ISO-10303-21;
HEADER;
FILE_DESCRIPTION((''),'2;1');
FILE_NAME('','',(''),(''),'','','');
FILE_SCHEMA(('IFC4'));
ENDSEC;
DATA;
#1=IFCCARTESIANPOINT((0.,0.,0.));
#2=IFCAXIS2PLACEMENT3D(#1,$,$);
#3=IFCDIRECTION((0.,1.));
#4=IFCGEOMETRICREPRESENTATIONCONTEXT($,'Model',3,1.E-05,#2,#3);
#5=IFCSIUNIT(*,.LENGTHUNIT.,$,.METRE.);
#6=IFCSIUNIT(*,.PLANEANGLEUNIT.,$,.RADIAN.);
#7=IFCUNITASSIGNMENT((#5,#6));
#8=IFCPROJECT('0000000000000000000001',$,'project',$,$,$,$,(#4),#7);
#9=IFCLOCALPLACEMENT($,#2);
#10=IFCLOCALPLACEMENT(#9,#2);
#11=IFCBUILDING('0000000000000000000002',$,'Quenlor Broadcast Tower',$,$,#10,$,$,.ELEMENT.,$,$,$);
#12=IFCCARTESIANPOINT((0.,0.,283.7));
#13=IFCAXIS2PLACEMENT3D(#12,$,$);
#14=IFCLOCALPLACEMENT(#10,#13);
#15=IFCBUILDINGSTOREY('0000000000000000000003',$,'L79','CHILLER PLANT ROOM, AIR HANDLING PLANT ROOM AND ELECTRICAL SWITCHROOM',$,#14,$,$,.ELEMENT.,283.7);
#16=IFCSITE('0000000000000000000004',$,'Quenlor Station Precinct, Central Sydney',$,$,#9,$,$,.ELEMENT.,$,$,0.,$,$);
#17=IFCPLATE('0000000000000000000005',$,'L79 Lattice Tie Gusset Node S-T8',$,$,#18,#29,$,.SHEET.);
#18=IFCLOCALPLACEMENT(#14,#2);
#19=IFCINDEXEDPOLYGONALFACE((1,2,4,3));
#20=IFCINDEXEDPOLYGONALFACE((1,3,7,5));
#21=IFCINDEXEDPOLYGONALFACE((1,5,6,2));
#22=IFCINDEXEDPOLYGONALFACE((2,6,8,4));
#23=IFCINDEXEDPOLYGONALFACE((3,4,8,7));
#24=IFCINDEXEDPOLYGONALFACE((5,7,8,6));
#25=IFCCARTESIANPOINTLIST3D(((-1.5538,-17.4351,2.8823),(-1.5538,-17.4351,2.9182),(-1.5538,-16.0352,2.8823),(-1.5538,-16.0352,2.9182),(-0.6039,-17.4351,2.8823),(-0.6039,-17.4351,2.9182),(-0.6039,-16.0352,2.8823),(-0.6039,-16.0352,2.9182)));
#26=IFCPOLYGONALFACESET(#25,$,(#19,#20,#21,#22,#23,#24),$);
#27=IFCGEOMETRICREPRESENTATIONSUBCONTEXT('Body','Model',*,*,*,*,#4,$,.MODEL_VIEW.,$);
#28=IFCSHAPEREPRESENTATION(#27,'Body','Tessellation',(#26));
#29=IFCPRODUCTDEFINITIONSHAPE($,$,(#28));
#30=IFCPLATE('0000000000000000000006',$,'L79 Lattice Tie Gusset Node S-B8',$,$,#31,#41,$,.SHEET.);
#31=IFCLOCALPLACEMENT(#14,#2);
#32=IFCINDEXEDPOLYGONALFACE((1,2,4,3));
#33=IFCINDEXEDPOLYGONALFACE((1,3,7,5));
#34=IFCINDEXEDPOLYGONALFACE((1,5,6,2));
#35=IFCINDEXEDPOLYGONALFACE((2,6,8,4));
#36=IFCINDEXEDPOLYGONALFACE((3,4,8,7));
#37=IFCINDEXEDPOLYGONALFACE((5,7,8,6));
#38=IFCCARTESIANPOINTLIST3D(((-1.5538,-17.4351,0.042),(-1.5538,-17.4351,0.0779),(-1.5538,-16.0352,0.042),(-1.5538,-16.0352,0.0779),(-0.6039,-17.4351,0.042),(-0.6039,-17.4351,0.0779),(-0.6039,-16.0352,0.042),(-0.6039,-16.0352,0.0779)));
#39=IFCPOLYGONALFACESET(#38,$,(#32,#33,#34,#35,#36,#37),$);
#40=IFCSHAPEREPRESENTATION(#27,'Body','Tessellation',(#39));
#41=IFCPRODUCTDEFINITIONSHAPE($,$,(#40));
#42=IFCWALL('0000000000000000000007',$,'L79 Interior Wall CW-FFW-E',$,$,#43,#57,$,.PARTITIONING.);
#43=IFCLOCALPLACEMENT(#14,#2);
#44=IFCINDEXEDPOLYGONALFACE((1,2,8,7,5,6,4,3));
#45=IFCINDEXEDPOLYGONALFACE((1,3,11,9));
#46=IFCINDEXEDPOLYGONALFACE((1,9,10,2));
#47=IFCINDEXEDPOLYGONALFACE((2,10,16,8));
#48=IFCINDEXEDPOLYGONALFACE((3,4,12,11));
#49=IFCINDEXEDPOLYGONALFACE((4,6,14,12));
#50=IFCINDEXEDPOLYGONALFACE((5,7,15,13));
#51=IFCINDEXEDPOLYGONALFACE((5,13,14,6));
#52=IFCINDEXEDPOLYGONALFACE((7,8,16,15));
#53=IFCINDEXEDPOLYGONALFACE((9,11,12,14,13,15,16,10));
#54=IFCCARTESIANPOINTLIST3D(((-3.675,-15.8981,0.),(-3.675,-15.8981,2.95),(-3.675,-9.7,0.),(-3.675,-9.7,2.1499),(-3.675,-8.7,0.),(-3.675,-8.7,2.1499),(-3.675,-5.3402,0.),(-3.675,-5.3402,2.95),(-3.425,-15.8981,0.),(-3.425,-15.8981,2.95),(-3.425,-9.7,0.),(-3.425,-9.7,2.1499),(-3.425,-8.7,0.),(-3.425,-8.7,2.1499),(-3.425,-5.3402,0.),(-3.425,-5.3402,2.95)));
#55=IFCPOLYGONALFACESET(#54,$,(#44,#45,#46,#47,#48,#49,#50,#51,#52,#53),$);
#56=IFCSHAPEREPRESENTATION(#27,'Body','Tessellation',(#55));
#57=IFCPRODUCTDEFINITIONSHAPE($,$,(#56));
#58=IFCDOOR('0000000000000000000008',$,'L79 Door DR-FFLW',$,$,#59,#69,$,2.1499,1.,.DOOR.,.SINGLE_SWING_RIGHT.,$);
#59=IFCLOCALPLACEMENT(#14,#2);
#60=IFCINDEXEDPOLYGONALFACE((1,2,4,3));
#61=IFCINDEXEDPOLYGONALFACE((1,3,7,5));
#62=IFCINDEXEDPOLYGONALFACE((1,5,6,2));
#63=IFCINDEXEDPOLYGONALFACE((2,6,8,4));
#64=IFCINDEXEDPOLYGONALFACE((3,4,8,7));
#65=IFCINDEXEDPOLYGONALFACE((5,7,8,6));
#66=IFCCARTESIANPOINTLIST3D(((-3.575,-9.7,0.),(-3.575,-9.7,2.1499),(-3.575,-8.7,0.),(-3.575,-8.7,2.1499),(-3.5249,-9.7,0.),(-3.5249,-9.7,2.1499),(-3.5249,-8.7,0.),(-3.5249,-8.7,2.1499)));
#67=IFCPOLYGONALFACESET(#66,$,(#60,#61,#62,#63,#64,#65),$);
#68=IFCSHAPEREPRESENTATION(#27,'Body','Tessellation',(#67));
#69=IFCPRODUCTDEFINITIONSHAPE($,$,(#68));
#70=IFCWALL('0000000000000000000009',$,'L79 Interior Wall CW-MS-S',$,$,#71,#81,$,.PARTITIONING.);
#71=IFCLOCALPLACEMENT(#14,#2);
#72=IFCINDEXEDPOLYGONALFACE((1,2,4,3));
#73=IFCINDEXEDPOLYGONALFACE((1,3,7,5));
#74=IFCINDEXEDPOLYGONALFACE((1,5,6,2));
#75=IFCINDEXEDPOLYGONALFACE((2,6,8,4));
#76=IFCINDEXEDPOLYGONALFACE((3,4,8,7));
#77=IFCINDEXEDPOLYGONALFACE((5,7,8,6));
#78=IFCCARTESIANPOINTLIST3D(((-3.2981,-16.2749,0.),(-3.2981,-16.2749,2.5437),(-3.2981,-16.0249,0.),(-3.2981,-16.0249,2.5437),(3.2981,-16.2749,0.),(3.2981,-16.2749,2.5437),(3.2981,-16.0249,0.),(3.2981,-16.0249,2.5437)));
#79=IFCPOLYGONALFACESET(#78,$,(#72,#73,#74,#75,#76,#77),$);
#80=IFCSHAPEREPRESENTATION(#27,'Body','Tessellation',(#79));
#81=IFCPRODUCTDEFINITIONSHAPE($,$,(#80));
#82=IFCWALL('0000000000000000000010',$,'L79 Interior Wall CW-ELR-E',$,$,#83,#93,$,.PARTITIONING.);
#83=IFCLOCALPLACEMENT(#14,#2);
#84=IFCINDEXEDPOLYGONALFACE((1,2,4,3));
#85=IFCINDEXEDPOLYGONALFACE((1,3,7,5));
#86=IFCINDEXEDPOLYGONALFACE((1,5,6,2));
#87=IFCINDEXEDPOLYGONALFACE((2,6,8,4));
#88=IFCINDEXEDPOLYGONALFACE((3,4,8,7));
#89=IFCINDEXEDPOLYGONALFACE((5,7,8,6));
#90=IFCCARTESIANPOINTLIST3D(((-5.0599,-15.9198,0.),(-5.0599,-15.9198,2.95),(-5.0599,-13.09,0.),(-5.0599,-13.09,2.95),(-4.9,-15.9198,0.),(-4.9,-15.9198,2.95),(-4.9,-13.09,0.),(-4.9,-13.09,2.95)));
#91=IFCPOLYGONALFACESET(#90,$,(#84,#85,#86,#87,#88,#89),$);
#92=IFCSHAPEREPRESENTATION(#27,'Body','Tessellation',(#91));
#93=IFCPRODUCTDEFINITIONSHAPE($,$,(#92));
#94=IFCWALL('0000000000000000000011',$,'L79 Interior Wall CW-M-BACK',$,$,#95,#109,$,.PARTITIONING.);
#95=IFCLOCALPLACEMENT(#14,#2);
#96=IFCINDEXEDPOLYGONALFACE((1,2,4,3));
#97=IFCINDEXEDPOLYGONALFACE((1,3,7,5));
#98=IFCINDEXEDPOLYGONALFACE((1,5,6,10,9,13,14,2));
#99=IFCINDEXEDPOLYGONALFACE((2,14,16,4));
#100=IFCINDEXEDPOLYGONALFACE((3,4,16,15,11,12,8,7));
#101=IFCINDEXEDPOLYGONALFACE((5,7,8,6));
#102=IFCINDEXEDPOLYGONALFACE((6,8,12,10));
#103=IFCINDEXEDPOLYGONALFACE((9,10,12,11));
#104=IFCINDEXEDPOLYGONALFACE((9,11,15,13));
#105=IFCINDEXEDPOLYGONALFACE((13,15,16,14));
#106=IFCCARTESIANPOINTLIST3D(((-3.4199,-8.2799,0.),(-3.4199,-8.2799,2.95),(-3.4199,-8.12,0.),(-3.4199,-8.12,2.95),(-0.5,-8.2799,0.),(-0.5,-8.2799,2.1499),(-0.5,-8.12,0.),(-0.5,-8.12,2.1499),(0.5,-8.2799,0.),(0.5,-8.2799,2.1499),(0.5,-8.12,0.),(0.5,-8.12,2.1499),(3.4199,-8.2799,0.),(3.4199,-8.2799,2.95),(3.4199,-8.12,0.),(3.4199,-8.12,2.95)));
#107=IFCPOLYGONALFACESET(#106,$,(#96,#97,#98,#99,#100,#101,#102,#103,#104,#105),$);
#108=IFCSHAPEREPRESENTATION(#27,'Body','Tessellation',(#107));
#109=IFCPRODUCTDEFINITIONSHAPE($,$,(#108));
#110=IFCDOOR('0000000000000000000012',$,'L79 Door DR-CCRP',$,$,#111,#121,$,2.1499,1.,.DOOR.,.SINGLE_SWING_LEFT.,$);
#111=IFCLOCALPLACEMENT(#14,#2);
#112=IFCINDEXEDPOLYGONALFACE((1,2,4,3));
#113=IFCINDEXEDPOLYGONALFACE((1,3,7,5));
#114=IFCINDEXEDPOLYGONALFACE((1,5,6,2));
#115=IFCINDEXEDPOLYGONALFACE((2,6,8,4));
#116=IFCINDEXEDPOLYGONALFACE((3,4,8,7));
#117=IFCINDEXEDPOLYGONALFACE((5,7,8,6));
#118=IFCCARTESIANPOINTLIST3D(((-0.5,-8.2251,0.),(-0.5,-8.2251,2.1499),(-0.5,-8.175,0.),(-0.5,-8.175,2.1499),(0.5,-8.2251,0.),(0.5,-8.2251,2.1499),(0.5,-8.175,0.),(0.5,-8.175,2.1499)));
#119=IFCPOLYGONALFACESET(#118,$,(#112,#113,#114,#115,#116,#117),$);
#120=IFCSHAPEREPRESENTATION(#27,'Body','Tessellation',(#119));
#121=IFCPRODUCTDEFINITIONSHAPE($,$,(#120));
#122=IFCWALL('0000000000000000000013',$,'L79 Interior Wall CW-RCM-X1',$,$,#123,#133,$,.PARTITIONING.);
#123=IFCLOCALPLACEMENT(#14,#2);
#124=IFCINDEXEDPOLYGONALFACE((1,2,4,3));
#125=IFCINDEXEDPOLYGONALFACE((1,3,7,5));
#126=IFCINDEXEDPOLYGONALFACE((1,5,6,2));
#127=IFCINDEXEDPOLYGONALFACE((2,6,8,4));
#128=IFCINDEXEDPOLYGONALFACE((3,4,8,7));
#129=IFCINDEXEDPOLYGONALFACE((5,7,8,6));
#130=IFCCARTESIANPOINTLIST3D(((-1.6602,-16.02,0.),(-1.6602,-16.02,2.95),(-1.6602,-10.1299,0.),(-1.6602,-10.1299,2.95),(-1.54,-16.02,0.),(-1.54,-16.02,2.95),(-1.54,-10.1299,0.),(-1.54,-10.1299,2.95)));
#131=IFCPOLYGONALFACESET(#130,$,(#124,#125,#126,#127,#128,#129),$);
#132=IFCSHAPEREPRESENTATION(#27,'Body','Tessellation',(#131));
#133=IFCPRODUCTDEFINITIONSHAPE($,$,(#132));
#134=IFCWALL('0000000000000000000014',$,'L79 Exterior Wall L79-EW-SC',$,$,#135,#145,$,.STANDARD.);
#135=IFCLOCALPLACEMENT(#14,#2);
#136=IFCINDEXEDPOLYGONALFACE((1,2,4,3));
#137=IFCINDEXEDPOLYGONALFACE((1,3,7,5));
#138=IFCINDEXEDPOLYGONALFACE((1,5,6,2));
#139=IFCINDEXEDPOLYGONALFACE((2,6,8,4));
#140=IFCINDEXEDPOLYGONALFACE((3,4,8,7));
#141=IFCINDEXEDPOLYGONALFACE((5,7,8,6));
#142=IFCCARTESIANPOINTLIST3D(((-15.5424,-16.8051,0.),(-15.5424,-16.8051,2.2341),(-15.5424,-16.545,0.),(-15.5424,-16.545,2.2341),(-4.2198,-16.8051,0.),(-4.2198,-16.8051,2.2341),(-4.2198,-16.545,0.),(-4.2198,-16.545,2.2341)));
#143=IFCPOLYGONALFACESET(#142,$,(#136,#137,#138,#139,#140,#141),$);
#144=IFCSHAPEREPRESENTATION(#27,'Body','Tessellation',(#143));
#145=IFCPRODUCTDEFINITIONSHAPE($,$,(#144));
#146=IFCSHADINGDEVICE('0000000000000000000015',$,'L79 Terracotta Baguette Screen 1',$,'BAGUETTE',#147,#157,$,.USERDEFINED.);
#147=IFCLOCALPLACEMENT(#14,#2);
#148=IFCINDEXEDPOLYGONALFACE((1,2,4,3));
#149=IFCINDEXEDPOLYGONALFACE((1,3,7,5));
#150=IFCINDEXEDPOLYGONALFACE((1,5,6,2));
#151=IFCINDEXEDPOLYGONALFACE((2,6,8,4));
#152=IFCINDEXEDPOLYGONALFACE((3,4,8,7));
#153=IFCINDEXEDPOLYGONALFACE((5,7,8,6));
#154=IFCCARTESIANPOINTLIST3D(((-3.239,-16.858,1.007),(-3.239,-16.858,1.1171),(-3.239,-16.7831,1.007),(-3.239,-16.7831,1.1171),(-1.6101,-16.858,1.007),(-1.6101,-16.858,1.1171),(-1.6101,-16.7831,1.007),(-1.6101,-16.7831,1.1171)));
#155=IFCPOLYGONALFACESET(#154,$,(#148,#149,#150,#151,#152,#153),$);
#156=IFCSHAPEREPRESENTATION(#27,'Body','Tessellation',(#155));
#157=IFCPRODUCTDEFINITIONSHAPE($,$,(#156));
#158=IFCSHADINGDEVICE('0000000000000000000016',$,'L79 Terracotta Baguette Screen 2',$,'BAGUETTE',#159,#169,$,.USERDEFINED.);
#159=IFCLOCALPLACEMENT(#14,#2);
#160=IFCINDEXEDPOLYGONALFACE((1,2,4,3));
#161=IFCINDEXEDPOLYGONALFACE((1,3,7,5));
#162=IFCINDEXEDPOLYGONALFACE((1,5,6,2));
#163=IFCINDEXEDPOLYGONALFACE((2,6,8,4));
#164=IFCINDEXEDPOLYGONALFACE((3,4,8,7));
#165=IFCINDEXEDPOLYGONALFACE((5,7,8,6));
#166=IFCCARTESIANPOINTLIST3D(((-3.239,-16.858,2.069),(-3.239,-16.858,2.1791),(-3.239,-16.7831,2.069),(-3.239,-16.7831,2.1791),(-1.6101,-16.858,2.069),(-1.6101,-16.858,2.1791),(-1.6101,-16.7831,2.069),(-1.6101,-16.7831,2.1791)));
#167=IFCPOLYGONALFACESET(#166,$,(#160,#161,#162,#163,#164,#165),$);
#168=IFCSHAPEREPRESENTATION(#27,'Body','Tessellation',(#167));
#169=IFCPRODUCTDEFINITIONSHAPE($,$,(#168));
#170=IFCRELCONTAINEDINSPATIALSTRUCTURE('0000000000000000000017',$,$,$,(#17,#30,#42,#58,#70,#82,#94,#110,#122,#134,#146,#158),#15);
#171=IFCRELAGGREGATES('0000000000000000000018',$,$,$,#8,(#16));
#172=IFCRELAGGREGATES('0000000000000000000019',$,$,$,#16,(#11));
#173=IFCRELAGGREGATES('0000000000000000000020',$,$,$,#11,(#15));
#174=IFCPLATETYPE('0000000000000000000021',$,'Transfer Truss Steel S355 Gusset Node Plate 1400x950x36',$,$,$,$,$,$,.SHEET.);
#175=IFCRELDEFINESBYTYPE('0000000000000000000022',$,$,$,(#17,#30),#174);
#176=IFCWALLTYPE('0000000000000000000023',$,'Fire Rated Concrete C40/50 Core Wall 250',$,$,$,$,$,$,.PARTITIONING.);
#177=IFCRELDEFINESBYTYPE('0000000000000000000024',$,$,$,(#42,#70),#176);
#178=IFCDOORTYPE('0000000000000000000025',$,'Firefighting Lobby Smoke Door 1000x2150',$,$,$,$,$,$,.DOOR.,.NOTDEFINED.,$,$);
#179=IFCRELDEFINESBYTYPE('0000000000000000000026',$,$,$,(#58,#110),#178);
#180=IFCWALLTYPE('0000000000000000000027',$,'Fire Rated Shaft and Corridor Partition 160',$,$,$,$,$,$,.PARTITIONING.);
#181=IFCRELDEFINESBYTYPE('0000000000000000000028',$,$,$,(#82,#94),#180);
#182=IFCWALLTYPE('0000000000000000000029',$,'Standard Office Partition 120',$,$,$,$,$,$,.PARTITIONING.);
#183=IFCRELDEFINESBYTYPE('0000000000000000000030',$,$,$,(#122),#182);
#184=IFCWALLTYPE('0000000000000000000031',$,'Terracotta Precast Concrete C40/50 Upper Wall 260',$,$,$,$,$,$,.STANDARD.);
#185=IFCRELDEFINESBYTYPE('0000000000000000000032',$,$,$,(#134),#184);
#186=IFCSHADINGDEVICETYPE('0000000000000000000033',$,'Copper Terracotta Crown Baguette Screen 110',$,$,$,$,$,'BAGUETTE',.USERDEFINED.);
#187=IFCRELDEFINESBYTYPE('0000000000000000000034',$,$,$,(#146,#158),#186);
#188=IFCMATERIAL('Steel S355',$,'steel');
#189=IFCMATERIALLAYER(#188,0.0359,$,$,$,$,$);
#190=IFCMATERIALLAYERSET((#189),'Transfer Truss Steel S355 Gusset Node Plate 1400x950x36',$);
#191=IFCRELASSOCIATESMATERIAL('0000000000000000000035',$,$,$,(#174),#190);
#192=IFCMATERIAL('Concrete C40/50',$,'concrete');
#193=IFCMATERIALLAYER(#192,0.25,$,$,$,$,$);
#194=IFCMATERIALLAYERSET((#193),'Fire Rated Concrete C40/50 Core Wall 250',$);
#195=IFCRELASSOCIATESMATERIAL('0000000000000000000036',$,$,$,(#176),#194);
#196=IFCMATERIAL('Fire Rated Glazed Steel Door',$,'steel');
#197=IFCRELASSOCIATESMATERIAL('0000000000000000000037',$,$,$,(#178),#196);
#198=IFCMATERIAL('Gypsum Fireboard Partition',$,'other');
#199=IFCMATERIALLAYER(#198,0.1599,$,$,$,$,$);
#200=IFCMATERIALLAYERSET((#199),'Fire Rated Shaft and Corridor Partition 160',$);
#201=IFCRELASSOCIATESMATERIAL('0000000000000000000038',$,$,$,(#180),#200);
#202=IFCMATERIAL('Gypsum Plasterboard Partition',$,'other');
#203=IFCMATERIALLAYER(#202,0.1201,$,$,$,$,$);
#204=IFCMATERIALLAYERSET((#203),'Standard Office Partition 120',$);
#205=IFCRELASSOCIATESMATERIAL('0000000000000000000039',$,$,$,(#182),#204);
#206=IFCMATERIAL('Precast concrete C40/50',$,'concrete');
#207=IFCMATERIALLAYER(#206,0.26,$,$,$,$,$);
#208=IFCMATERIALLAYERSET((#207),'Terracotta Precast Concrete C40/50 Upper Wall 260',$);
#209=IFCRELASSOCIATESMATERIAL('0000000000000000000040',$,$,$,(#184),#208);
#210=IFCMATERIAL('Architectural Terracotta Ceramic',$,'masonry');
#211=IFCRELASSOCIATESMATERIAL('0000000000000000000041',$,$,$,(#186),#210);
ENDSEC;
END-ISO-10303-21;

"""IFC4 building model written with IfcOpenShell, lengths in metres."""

from ifc_helpers import new_model, si_unit, direction, frame, frame_2d, origin, origin_2d, place, context, subcontext, project, spatial, rectangle, extrude, material, layer, layer_set, material_profile, profile_set, type_object, element, fill, save


model = new_model("IFC4")

# Units and contexts
model_context = context("Model", 3, precision=1e-05, world=origin(), true_north=direction((0.0, 1.0)))
body_context = subcontext(model_context, "Body", "Model", "MODEL_VIEW")
ifc_project = project(units=[si_unit("LENGTHUNIT", "METRE"), si_unit("PLANEANGLEUNIT", "RADIAN")], contexts=[model_context])

# Site, building, storey
site_placement = place(None, origin())
site = spatial("IfcSite", under=ifc_project, at=site_placement, Name="Quenlor Station Precinct, Central Sydney", CompositionType="ELEMENT", RefElevation=0.0)
building_placement = place(site_placement, origin())
building = spatial("IfcBuilding", under=site, at=building_placement, Name="Quenlor Broadcast Tower", CompositionType="ELEMENT")
storey_placement = place(building_placement, frame((0.0, 0.0, 283.7)))
storey = spatial("IfcBuildingStorey", under=building, at=storey_placement, Name="L79", Description="CHILLER PLANT ROOM, AIR HANDLING PLANT ROOM AND ELECTRICAL SWITCHROOM", CompositionType="ELEMENT", Elevation=283.7)

# Plates
ifc_material_1 = material(Name="Steel S355", Category="steel")
ifc_layer_1 = layer(ifc_material_1, 0.0359)
ifc_layer_set_1 = layer_set([ifc_layer_1], Name="Transfer Truss Steel S355 Gusset Node Plate 1400x950x36")
plate_type_1 = type_object("IfcPlateType", Name="Transfer Truss Steel S355 Gusset Node Plate 1400x950x36", PredefinedType="SHEET", material=ifc_layer_set_1)
for number, where, z_axis, x_axis, name in (
    (1, (-1.0789, -16.7351, 2.8823), (0.0, 0.0, 1.0), (0.0, -1.0, 0.0), "L79 Lattice Tie Gusset Node S-T8"),
    (2, (-1.0789, -16.7351, 0.042), (0.0, 0.0, 1.0), (0.0, -1.0, 0.0), "L79 Lattice Tie Gusset Node S-B8"),
):
    element("IfcPlate", number, at=place(storey_placement, frame(where, z_axis=z_axis, x_axis=x_axis)), inside=storey, type_object=plate_type_1, Name=name, PredefinedType="SHEET", context=body_context, shape_type="SweptSolid", body=[
        extrude(rectangle(XDim=1.3999, YDim=0.95, at=origin_2d()), origin(), (0.0, 0.0, 1.0), 0.0359),
    ])

# Wall, opening, door
ifc_material_2 = material(Name="Concrete C40/50", Category="concrete")
ifc_layer_2 = layer(ifc_material_2, 0.25)
ifc_layer_set_2 = layer_set([ifc_layer_2], Name="Fire Rated Concrete C40/50 Core Wall 250")
wall_type_1 = type_object("IfcWallType", Name="Fire Rated Concrete C40/50 Core Wall 250", PredefinedType="PARTITIONING", material=ifc_layer_set_2)
wall_1_placement = place(storey_placement, frame((-3.55, -15.8979, 0.0), z_axis=(0.0, 0.0, 1.0), x_axis=(0.0, 1.0, 0.0)))
wall_1 = element("IfcWall", 3, at=wall_1_placement, inside=storey, type_object=wall_type_1, Name="L79 Interior Wall CW-FFW-E", PredefinedType="PARTITIONING", context=body_context, shape_type="SweptSolid", body=[
    extrude(rectangle(XDim=10.5579, YDim=0.25, at=frame_2d((5.2788, 0.0))), origin(), (0.0, 0.0, 1.0), 2.95),
])
opening_1_placement = place(wall_1_placement, frame((6.198, 0.0, 0.0)))
opening_1 = element("IfcOpeningElement", 4, at=opening_1_placement, cuts=wall_1, PredefinedType="OPENING", context=body_context, shape_type="SweptSolid", body=[
    extrude(rectangle(XDim=1.0, YDim=2.1499, at=frame_2d((0.5, 1.075))), frame((0.0, 0.135, 0.0), z_axis=(0.0, -1.0, 0.0), x_axis=(1.0, 0.0, 0.0)), (0.0, 0.0, 1.0), 0.27),
])
ifc_material_3 = material(Name="Fire Rated Glazed Steel Door", Category="steel")
door_type_1 = type_object("IfcDoorType", Name="Firefighting Lobby Smoke Door 1000x2150", OperationType="NOTDEFINED", PredefinedType="DOOR", material=ifc_material_3)
door_1_placement = place(opening_1_placement, origin())
door_1 = element("IfcDoor", 5, at=door_1_placement, inside=storey, type_object=door_type_1, Name="L79 Door DR-FFLW", OperationType="SINGLE_SWING_RIGHT", OverallHeight=2.1499, OverallWidth=1.0, PredefinedType="DOOR", context=body_context, shape_type="SweptSolid", body=[
    extrude(rectangle(XDim=1.0, YDim=2.1499, at=frame_2d((0.5, 1.075))), frame((0.0, 0.0249, 0.0), z_axis=(0.0, -1.0, 0.0), x_axis=(1.0, 0.0, 0.0)), (0.0, 0.0, 1.0), 0.05),
])
fill(opening_1, door_1)

# Walls
wall_2_placement = place(storey_placement, frame((-3.2981, -16.1499, 0.0), z_axis=(0.0, 0.0, 1.0), x_axis=(1.0, 0.0, 0.0)))
element("IfcWall", 6, at=wall_2_placement, inside=storey, type_object=wall_type_1, Name="L79 Interior Wall CW-MS-S", PredefinedType="PARTITIONING", context=body_context, shape_type="SweptSolid", body=[
    extrude(rectangle(XDim=6.5962, YDim=0.25, at=frame_2d((3.2981, 0.0))), origin(), (0.0, 0.0, 1.0), 2.5437),
])
ifc_material_4 = material(Name="Gypsum Fireboard Partition", Category="other")
ifc_layer_3 = layer(ifc_material_4, 0.1599)
ifc_layer_set_3 = layer_set([ifc_layer_3], Name="Fire Rated Shaft and Corridor Partition 160")
wall_type_2 = type_object("IfcWallType", Name="Fire Rated Shaft and Corridor Partition 160", PredefinedType="PARTITIONING", material=ifc_layer_set_3)
wall_3_placement = place(storey_placement, frame((-4.98, -15.9199, 0.0), z_axis=(0.0, 0.0, 1.0), x_axis=(0.0, 1.0, 0.0)))
element("IfcWall", 7, at=wall_3_placement, inside=storey, type_object=wall_type_2, Name="L79 Interior Wall CW-ELR-E", PredefinedType="PARTITIONING", context=body_context, shape_type="SweptSolid", body=[
    extrude(rectangle(XDim=2.8298, YDim=0.1599, at=frame_2d((1.415, 0.0))), origin(), (0.0, 0.0, 1.0), 2.95),
])

# Wall, opening, door
wall_4_placement = place(storey_placement, frame((-3.4199, -8.2, 0.0), z_axis=(0.0, 0.0, 1.0), x_axis=(1.0, 0.0, 0.0)))
wall_4 = element("IfcWall", 8, at=wall_4_placement, inside=storey, type_object=wall_type_2, Name="L79 Interior Wall CW-M-BACK", PredefinedType="PARTITIONING", context=body_context, shape_type="SweptSolid", body=[
    extrude(rectangle(XDim=6.8398, YDim=0.1599, at=frame_2d((3.4199, 0.0))), origin(), (0.0, 0.0, 1.0), 2.95),
])
opening_2_placement = place(wall_4_placement, frame((2.9199, 0.0, 0.0)))
opening_2 = element("IfcOpeningElement", 9, at=opening_2_placement, cuts=wall_4, PredefinedType="OPENING", context=body_context, shape_type="SweptSolid", body=[
    extrude(rectangle(XDim=1.0, YDim=2.1499, at=frame_2d((0.5, 1.075))), frame((0.0, 0.0898, 0.0), z_axis=(0.0, -1.0, 0.0), x_axis=(1.0, 0.0, 0.0)), (0.0, 0.0, 1.0), 0.1799),
])
door_2_placement = place(opening_2_placement, origin())
door_2 = element("IfcDoor", 10, at=door_2_placement, inside=storey, type_object=door_type_1, Name="L79 Door DR-CCRP", OperationType="SINGLE_SWING_LEFT", OverallHeight=2.1499, OverallWidth=1.0, PredefinedType="DOOR", context=body_context, shape_type="SweptSolid", body=[
    extrude(rectangle(XDim=1.0, YDim=2.1499, at=frame_2d((0.5, 1.075))), frame((0.0, 0.0249, 0.0), z_axis=(0.0, -1.0, 0.0), x_axis=(1.0, 0.0, 0.0)), (0.0, 0.0, 1.0), 0.05),
])
fill(opening_2, door_2)

# Shared definitions
ifc_material_5 = material(Name="Gypsum Plasterboard Partition", Category="other")
ifc_layer_4 = layer(ifc_material_5, 0.1201)
ifc_layer_set_4 = layer_set([ifc_layer_4], Name="Standard Office Partition 120")
wall_type_3 = type_object("IfcWallType", Name="Standard Office Partition 120", PredefinedType="PARTITIONING", material=ifc_layer_set_4)

# Walls
wall_5_placement = place(storey_placement, frame((-1.6001, -16.02, 0.0), z_axis=(0.0, 0.0, 1.0), x_axis=(0.0, 1.0, 0.0)))
element("IfcWall", 11, at=wall_5_placement, inside=storey, type_object=wall_type_3, Name="L79 Interior Wall CW-RCM-X1", PredefinedType="PARTITIONING", context=body_context, shape_type="SweptSolid", body=[
    extrude(rectangle(XDim=5.8901, YDim=0.1201, at=frame_2d((2.9451, 0.0))), origin(), (0.0, 0.0, 1.0), 2.95),
])
ifc_material_6 = material(Name="Precast concrete C40/50", Category="concrete")
ifc_layer_5 = layer(ifc_material_6, 0.26)
ifc_layer_set_5 = layer_set([ifc_layer_5], Name="Terracotta Precast Concrete C40/50 Upper Wall 260")
wall_type_4 = type_object("IfcWallType", Name="Terracotta Precast Concrete C40/50 Upper Wall 260", PredefinedType="STANDARD", material=ifc_layer_set_5)
wall_6_placement = place(storey_placement, frame((-4.22, -16.675, 0.0), z_axis=(0.0, 0.0, 1.0), x_axis=(-1.0, 0.0, 0.0)))
element("IfcWall", 12, at=wall_6_placement, inside=storey, type_object=wall_type_4, Name="L79 Exterior Wall L79-EW-SC", PredefinedType="STANDARD", context=body_context, shape_type="SweptSolid", body=[
    extrude(rectangle(XDim=11.3225, YDim=0.26, at=frame_2d((5.6611, 0.0))), origin(), (0.0, 0.0, 1.0), 2.2341),
])

# Shading devices
ifc_material_7 = material(Name="Architectural Terracotta Ceramic", Category="masonry")
ifc_material_profile_1 = material_profile(ifc_material_7, rectangle(XDim=0.075, YDim=0.1101, at=origin_2d()))
ifc_profile_set_1 = profile_set([ifc_material_profile_1], Name="Architectural Terracotta Ceramic BAG75x110")
shading_device_type = type_object("IfcShadingDeviceType", Name="Copper Terracotta Crown Baguette Screen 110", ElementType="BAGUETTE", PredefinedType="USERDEFINED", material=ifc_profile_set_1)
for number, where, z_axis, x_axis, name in (
    (13, (-1.6101, -16.8206, 1.062), (-1.0, 0.0, 0.0), (0.0, -1.0, 0.0), "L79 Terracotta Baguette Screen 1"),
    (14, (-1.6101, -16.8206, 2.124), (-1.0, 0.0, 0.0), (0.0, -1.0, 0.0), "L79 Terracotta Baguette Screen 2"),
):
    element("IfcShadingDevice", number, at=place(storey_placement, frame(where, z_axis=z_axis, x_axis=x_axis)), inside=storey, type_object=shading_device_type, Name=name, ObjectType="BAGUETTE", PredefinedType="USERDEFINED", context=body_context, shape_type="SweptSolid", body=[
        extrude(rectangle(XDim=0.075, YDim=0.1101, at=origin_2d()), origin(), (0.0, 0.0, 1.0), 1.6289),
    ])

save(model, "model.ifc")
